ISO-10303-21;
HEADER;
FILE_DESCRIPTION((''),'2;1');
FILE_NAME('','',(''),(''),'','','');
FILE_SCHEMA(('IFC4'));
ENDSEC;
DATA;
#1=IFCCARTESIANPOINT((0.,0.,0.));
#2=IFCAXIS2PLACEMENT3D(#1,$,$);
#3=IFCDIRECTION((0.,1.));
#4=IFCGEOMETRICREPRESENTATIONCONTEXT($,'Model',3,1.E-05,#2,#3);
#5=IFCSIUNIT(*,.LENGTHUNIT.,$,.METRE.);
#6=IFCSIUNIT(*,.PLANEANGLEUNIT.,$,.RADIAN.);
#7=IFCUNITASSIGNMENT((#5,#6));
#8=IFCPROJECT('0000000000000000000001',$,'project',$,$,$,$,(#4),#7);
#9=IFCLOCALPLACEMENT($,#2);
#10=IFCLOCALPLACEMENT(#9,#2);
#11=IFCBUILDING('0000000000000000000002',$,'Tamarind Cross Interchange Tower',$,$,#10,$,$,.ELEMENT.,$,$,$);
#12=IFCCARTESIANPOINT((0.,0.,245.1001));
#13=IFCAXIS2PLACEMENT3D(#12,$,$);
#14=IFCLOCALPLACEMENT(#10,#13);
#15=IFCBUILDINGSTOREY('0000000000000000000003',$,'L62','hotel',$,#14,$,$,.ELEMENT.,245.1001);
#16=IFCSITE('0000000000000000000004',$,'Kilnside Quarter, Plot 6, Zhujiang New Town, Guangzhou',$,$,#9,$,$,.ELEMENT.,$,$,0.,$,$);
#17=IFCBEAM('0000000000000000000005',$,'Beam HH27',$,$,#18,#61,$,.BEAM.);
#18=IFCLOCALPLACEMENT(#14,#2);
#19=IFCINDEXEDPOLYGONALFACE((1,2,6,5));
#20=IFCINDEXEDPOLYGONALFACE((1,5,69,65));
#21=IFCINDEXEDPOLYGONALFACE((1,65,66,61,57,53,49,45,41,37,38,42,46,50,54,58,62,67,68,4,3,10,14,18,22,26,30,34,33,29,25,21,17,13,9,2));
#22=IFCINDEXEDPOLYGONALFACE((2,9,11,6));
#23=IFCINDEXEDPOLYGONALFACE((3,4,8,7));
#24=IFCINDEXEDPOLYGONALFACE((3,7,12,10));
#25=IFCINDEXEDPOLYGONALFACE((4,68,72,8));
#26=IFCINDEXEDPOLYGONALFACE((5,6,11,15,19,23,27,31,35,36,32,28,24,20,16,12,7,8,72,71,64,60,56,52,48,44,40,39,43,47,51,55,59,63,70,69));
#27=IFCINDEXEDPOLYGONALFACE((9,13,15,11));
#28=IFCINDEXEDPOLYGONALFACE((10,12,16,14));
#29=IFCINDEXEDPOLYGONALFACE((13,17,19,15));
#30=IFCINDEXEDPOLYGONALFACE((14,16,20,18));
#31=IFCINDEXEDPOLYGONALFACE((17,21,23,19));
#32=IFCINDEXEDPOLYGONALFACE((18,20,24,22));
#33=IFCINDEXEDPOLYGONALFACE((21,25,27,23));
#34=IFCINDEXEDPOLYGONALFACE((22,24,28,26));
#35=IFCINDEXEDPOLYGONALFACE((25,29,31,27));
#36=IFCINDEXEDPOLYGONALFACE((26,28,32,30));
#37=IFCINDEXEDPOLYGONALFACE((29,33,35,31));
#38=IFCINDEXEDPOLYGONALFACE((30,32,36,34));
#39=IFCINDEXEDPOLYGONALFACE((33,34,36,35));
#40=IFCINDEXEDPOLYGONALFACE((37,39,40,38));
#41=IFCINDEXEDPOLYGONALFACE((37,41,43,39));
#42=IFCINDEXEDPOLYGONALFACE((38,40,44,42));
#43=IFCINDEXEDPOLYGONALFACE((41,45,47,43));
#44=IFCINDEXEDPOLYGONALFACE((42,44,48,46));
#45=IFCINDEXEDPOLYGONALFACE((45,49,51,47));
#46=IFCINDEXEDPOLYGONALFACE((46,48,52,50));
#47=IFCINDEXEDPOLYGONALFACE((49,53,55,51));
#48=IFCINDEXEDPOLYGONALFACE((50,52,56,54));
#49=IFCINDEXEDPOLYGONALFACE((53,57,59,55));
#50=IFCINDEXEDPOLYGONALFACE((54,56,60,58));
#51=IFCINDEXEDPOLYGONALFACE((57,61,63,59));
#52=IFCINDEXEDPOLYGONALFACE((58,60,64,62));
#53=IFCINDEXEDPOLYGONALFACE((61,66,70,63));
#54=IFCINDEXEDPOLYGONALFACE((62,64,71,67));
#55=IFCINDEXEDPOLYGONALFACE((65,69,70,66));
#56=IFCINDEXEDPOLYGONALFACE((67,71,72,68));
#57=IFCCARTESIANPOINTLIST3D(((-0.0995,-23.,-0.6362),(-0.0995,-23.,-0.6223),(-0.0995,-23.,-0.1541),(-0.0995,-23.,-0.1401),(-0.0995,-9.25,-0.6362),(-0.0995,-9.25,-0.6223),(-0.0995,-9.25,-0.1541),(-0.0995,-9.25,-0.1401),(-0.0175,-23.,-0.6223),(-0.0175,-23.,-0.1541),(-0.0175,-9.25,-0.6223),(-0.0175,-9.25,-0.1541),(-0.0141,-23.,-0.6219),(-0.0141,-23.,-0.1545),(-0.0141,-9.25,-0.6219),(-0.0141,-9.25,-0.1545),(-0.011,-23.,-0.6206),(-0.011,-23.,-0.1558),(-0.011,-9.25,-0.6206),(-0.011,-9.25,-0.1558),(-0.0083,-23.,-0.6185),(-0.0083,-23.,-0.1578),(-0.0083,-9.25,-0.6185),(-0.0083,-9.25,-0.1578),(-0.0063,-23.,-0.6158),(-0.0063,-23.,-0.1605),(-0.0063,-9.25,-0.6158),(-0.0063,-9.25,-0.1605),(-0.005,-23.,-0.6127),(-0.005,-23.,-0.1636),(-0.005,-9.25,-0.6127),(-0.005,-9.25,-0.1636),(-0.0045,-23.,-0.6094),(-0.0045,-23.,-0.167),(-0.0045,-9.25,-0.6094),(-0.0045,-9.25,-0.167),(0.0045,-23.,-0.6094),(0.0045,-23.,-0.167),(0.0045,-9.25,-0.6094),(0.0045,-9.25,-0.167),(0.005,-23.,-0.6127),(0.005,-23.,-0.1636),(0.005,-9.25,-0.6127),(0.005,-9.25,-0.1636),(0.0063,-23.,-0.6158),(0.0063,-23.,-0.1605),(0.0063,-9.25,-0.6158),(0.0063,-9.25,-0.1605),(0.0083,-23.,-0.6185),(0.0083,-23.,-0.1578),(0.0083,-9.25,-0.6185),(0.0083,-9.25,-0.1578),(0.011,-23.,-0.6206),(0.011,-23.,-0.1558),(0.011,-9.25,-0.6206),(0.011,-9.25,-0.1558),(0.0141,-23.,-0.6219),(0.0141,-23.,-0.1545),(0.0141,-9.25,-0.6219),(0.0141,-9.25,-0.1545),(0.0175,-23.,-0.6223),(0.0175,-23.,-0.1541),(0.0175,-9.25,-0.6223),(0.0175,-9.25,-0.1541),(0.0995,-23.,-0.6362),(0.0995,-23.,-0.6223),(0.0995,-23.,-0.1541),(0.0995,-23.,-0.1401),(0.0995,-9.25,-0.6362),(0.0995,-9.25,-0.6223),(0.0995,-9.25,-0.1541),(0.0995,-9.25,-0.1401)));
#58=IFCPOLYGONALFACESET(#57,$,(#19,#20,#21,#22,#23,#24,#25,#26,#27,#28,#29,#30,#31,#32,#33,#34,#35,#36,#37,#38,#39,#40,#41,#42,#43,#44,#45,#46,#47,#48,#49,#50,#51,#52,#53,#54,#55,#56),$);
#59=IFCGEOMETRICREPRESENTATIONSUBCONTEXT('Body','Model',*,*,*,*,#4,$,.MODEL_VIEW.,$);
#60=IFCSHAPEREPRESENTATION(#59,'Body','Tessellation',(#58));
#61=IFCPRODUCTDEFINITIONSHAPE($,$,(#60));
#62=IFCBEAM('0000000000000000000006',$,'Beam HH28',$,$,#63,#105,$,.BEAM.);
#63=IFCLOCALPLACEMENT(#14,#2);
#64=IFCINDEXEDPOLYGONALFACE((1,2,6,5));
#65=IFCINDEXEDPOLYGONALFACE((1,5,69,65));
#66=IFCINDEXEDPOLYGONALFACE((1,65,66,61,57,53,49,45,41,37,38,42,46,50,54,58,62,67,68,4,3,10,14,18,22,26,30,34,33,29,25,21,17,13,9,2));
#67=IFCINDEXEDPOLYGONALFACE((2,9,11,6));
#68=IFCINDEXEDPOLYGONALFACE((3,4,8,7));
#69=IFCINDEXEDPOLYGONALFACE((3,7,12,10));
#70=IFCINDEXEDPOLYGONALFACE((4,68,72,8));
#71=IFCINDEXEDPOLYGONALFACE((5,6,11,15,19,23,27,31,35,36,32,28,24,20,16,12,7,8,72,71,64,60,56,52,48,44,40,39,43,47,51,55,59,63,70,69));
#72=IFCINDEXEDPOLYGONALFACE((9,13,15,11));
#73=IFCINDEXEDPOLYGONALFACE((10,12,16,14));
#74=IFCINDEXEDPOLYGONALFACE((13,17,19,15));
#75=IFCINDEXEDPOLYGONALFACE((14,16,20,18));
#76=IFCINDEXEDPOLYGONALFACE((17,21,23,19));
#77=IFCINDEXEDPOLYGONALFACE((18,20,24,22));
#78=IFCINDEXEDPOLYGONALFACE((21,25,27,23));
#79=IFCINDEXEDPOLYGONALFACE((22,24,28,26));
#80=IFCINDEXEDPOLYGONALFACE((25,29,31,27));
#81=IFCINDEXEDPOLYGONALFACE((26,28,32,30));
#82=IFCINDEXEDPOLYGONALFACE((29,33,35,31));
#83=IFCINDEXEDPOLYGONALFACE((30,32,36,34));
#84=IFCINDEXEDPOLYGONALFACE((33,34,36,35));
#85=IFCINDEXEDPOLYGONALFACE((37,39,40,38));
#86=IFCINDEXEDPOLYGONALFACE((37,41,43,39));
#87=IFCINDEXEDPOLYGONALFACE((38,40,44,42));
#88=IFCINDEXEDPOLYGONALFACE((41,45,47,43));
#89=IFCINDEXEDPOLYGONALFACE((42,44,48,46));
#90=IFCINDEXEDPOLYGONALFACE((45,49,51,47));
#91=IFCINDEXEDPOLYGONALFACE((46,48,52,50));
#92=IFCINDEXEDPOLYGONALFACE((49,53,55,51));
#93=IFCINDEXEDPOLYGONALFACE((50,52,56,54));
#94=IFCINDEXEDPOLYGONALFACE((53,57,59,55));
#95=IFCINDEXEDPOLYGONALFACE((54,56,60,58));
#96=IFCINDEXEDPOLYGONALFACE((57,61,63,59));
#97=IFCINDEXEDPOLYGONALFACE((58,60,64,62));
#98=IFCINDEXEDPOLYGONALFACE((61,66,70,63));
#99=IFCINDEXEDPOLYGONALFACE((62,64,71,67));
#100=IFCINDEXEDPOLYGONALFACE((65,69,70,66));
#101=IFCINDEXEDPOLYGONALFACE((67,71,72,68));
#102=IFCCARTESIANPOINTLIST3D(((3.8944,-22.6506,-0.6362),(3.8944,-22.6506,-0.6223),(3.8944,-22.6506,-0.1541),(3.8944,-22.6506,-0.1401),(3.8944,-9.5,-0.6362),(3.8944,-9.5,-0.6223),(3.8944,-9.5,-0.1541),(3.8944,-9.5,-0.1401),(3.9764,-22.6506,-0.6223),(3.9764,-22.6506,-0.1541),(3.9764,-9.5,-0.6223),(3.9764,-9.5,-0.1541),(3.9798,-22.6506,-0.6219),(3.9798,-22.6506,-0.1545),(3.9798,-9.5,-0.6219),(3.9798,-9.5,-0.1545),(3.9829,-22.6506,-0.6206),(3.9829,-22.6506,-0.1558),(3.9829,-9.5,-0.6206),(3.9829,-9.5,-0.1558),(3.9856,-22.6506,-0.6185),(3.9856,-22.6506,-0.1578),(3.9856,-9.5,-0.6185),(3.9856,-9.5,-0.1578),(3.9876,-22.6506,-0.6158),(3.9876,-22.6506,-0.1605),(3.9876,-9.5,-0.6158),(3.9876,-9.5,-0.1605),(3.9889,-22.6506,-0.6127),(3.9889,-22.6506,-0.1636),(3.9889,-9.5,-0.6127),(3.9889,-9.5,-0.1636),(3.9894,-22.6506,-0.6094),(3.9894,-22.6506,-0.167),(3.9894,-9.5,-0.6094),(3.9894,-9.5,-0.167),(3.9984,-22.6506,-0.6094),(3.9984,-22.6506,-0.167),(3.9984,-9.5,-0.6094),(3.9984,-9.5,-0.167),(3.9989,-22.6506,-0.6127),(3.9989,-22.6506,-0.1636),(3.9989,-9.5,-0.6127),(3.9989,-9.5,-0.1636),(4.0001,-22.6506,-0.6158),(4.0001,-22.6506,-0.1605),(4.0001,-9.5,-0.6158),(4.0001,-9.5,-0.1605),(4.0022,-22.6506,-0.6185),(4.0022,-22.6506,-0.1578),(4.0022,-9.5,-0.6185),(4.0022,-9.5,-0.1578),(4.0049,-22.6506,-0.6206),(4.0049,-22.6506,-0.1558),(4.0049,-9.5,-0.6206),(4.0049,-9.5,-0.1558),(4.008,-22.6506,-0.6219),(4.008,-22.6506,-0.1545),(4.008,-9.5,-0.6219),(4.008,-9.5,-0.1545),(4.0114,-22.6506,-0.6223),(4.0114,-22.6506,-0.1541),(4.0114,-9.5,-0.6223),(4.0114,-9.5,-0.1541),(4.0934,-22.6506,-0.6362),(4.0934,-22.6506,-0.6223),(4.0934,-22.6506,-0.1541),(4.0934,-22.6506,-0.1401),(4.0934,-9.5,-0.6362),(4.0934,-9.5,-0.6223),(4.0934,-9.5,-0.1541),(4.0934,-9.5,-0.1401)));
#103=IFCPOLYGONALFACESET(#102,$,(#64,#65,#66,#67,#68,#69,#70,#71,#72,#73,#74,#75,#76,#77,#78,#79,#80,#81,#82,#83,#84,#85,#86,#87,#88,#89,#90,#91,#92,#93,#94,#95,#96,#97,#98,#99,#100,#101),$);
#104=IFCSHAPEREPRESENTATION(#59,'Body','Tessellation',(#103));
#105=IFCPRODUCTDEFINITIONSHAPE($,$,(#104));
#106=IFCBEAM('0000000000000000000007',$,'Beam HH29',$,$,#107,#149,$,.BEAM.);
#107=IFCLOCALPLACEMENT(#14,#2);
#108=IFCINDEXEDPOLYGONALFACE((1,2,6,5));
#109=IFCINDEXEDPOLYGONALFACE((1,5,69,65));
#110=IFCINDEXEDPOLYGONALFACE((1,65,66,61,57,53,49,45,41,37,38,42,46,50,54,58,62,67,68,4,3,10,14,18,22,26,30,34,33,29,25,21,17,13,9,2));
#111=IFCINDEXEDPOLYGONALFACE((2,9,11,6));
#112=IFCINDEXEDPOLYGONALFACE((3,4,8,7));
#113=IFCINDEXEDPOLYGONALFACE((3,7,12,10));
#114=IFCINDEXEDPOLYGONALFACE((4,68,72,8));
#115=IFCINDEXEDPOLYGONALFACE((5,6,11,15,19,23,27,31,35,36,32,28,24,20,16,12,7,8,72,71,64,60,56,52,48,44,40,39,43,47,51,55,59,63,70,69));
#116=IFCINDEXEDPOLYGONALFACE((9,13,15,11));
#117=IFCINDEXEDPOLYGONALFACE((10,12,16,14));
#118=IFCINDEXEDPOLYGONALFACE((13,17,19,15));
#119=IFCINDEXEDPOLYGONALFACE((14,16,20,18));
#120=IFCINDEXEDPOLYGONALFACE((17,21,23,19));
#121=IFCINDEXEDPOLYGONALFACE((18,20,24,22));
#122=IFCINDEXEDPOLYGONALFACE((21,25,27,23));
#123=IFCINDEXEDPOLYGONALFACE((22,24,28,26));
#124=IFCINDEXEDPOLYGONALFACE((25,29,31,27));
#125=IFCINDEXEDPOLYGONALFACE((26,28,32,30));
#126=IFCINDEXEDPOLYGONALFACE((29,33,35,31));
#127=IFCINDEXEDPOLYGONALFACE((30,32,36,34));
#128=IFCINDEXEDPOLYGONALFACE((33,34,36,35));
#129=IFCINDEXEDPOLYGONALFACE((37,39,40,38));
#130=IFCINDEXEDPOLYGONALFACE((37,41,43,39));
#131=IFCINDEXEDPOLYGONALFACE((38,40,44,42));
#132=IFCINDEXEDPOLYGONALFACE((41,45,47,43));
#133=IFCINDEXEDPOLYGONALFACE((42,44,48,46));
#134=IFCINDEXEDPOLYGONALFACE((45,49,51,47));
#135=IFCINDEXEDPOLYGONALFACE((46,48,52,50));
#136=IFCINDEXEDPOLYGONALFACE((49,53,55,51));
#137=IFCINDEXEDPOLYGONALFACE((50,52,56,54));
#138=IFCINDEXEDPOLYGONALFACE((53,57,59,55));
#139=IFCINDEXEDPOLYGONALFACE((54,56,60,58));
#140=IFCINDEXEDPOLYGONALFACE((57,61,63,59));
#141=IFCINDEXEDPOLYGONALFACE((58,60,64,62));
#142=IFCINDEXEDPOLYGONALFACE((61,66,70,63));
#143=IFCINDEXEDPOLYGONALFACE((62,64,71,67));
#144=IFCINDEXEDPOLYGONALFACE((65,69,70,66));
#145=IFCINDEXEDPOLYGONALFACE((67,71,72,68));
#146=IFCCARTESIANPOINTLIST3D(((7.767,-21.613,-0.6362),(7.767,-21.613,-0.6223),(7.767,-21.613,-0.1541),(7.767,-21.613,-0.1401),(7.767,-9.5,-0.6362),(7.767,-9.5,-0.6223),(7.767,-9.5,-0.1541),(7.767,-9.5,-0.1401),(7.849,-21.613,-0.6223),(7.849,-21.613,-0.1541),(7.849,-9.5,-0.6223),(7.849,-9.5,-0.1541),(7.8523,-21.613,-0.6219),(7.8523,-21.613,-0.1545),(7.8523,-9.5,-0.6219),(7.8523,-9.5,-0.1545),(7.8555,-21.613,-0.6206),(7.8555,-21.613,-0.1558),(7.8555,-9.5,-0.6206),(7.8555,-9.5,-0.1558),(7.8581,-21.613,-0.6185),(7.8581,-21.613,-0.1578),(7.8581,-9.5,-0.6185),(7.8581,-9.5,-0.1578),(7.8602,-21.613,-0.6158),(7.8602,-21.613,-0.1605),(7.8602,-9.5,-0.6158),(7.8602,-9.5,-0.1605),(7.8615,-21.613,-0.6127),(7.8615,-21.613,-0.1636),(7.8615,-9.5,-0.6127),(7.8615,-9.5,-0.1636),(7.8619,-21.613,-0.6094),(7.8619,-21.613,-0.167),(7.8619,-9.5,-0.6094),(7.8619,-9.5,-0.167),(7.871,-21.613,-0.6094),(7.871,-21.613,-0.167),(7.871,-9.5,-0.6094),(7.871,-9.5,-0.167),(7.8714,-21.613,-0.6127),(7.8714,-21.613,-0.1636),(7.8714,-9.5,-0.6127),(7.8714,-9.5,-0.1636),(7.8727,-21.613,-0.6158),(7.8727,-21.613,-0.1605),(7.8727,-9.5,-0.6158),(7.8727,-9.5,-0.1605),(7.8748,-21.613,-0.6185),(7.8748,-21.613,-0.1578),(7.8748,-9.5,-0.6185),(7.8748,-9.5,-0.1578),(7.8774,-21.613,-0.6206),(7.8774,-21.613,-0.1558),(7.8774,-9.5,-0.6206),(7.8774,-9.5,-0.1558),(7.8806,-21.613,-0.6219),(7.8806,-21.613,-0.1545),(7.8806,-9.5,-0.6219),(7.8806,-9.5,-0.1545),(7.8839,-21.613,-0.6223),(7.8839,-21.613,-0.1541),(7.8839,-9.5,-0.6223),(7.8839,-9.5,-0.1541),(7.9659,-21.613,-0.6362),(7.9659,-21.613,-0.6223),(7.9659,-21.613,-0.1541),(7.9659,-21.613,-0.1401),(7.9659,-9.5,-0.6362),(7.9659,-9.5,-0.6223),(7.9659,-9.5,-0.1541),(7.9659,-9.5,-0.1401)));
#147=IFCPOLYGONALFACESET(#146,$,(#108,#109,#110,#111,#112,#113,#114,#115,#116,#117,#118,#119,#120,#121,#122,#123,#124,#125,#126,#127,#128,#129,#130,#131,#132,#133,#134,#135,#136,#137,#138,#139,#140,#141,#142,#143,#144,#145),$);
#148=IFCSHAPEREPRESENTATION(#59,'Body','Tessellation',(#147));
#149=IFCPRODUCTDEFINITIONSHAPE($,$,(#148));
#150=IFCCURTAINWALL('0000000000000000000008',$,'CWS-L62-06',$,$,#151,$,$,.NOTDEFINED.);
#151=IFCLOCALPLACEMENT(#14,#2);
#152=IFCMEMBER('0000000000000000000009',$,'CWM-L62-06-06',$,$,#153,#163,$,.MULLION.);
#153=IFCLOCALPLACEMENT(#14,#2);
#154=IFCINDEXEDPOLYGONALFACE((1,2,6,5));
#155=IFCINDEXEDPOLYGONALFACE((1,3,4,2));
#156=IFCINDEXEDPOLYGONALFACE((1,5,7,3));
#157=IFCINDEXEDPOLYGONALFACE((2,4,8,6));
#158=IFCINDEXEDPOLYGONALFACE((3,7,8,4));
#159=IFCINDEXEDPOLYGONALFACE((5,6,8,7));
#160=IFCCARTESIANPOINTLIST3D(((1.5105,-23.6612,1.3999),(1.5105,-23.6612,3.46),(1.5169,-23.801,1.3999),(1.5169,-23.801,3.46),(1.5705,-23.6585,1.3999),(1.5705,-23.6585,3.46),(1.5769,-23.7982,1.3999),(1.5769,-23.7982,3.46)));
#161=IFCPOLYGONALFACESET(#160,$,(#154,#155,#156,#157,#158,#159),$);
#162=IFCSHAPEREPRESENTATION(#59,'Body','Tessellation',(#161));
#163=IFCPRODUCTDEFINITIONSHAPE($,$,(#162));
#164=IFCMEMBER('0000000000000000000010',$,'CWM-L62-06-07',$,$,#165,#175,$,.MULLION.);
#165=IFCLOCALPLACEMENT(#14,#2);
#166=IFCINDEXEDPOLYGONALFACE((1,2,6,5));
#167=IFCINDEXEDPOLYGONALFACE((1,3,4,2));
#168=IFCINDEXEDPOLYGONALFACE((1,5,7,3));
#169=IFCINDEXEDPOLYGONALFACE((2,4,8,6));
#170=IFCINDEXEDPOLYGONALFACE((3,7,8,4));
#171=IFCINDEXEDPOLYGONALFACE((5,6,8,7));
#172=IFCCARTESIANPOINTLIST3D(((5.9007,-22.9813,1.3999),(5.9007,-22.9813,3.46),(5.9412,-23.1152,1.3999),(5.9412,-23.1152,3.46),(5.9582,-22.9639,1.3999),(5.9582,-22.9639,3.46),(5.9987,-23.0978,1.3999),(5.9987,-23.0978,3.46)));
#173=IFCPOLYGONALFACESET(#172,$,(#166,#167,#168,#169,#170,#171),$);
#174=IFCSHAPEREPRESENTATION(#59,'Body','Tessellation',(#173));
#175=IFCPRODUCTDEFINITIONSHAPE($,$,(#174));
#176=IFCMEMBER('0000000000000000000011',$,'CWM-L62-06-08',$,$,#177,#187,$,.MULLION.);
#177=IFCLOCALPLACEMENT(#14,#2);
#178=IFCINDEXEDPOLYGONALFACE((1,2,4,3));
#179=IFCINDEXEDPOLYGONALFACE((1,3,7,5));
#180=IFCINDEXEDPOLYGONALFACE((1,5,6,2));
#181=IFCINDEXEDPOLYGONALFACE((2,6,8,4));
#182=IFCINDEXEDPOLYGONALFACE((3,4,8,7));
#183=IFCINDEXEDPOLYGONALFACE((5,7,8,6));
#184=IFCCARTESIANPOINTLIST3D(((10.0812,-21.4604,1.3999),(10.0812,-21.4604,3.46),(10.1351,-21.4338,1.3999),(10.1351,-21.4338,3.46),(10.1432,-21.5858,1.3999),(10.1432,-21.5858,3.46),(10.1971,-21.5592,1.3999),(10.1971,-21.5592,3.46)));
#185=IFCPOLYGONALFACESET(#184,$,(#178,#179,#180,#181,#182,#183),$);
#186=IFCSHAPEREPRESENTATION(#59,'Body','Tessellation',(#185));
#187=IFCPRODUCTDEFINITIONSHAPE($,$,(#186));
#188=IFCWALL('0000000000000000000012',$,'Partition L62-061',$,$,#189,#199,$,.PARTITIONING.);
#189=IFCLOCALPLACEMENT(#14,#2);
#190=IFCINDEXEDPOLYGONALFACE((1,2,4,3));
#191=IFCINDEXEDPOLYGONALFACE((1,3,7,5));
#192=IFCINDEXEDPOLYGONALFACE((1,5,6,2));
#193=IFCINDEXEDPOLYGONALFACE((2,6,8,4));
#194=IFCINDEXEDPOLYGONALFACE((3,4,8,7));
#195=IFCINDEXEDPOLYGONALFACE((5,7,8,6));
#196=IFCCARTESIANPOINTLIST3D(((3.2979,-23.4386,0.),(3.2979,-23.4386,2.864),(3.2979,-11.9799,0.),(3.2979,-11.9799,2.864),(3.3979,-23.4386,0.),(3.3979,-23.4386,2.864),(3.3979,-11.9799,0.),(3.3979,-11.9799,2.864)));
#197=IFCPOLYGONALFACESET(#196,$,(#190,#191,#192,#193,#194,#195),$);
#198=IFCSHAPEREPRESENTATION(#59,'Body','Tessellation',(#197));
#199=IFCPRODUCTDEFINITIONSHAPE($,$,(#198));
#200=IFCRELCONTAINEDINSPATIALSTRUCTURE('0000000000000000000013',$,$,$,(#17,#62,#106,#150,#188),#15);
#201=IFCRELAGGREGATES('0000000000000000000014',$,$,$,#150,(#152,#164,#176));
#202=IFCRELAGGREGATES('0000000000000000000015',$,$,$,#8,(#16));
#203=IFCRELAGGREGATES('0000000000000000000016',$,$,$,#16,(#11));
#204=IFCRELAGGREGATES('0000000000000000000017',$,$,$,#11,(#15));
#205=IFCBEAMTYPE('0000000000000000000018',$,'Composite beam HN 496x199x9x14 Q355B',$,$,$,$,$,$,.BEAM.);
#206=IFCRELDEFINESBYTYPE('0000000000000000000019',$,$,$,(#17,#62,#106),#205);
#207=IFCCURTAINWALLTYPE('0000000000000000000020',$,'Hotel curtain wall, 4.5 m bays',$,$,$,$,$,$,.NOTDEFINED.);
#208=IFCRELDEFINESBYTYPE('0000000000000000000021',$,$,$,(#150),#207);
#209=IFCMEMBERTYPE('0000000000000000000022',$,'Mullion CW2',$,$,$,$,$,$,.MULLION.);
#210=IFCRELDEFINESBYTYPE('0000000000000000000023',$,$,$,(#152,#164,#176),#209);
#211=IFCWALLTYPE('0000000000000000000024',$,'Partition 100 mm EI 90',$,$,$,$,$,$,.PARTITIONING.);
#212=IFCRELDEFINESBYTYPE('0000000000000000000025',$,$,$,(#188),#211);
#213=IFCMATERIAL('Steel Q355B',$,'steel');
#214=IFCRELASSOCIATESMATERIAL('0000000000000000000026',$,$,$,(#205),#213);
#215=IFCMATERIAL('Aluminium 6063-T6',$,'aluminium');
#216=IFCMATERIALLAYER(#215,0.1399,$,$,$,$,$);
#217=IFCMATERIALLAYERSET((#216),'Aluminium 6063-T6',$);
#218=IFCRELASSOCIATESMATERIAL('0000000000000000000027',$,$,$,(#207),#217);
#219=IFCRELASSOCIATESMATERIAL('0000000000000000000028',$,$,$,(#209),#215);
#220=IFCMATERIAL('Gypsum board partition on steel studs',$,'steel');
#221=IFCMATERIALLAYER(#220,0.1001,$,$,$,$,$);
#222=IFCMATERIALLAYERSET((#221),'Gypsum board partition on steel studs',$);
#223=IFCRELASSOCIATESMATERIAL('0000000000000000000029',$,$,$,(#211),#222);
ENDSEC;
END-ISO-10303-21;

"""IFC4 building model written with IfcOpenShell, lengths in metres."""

from ifc_helpers import new_model, si_unit, direction, frame, frame_2d, origin, origin_2d, place, context, subcontext, project, spatial, rectangle, i_section, extrude, material, layer, layer_set, material_profile, profile_set, type_object, element, aggregate, save


model = new_model("IFC4")

# Units and contexts
model_context = context("Model", 3, precision=1e-05, world=origin(), true_north=direction((0.0, 1.0)))
body_context = subcontext(model_context, "Body", "Model", "MODEL_VIEW")
ifc_project = project(units=[si_unit("LENGTHUNIT", "METRE"), si_unit("PLANEANGLEUNIT", "RADIAN")], contexts=[model_context])

# Site, building, storey
site_placement = place(None, origin())
site = spatial("IfcSite", under=ifc_project, at=site_placement, Name="Kilnside Quarter, Plot 6, Zhujiang New Town, Guangzhou", CompositionType="ELEMENT", RefElevation=0.0)
building_placement = place(site_placement, origin())
building = spatial("IfcBuilding", under=site, at=building_placement, Name="Tamarind Cross Interchange Tower", CompositionType="ELEMENT")
storey_placement = place(building_placement, frame((0.0, 0.0, 245.1001)))
storey = spatial("IfcBuildingStorey", under=building, at=storey_placement, Name="L62", Description="hotel", CompositionType="ELEMENT", Elevation=245.1001)

# Beams
ifc_material_1 = material(Name="Steel Q355B", Category="steel")
ifc_material_profile_1 = material_profile(ifc_material_1, i_section(OverallWidth=0.199, OverallDepth=0.4961, WebThickness=0.009, FlangeThickness=0.0139, FilletRadius=0.0129, at=origin_2d()), Name="HN 496x199x9x14")
ifc_profile_set_1 = profile_set([ifc_material_profile_1], Name="Steel Q355B")
beam_type = type_object("IfcBeamType", Name="Composite beam HN 496x199x9x14 Q355B", PredefinedType="BEAM", material=ifc_profile_set_1)
beam_1_placement = place(storey_placement, frame((0.0, -23.0, -0.3882), z_axis=(0.0, 1.0, 0.0), x_axis=(-1.0, 0.0, 0.0)))
element("IfcBeam", 1, at=beam_1_placement, inside=storey, type_object=beam_type, Name="Beam HH27", PredefinedType="BEAM", context=body_context, shape_type="SweptSolid", body=[
    extrude(i_section(OverallWidth=0.199, OverallDepth=0.4961, WebThickness=0.009, FlangeThickness=0.0139, FilletRadius=0.0129, at=origin_2d()), origin(), (0.0, 0.0, 1.0), 13.75),
])
beam_2_placement = place(storey_placement, frame((3.9939, -22.6506, -0.3882), z_axis=(0.0, 1.0, 0.0), x_axis=(-1.0, 0.0, 0.0)))
element("IfcBeam", 2, at=beam_2_placement, inside=storey, type_object=beam_type, Name="Beam HH28", PredefinedType="BEAM", context=body_context, shape_type="SweptSolid", body=[
    extrude(i_section(OverallWidth=0.199, OverallDepth=0.4961, WebThickness=0.009, FlangeThickness=0.0139, FilletRadius=0.0129, at=origin_2d()), origin(), (0.0, 0.0, 1.0), 13.1506),
])
beam_3_placement = place(storey_placement, frame((7.8665, -21.613, -0.3882), z_axis=(0.0, 1.0, 0.0), x_axis=(-1.0, 0.0, 0.0)))
element("IfcBeam", 3, at=beam_3_placement, inside=storey, type_object=beam_type, Name="Beam HH29", PredefinedType="BEAM", context=body_context, shape_type="SweptSolid", body=[
    extrude(i_section(OverallWidth=0.199, OverallDepth=0.4961, WebThickness=0.009, FlangeThickness=0.0139, FilletRadius=0.0129, at=origin_2d()), origin(), (0.0, 0.0, 1.0), 12.113),
])

# Curtain wall, members
ifc_material_2 = material(Name="Aluminium 6063-T6", Category="aluminium")
ifc_layer_1 = layer(ifc_material_2, 0.1399)
ifc_layer_set_1 = layer_set([ifc_layer_1], Name="Aluminium 6063-T6")
curtain_wall_type = type_object("IfcCurtainWallType", Name="Hotel curtain wall, 4.5 m bays", PredefinedType="NOTDEFINED", material=ifc_layer_set_1)
curtain_wall_placement = place(storey_placement, origin())
curtain_wall = element("IfcCurtainWall", 4, at=curtain_wall_placement, inside=storey, type_object=curtain_wall_type, Name="CWS-L62-06", PredefinedType="NOTDEFINED")
ifc_material_profile_2 = material_profile(ifc_material_2, rectangle(XDim=0.0601, YDim=0.1399, at=origin_2d()), Name="Mullion CW2")
ifc_profile_set_2 = profile_set([ifc_material_profile_2], Name="Aluminium 6063-T6")
member_type = type_object("IfcMemberType", Name="Mullion CW2", PredefinedType="MULLION", material=ifc_profile_set_2)
member_1_placement = place(storey_placement, frame((1.5437, -23.7297, 1.3999), z_axis=(0.0, 0.0, 1.0), x_axis=(0.998959, 0.045624, 0.0)))
member_1 = element("IfcMember", 5, at=member_1_placement, type_object=member_type, Name="CWM-L62-06-06", PredefinedType="MULLION", context=body_context, shape_type="SweptSolid", body=[
    extrude(rectangle(XDim=0.0601, YDim=0.1399, at=origin_2d()), origin(), (0.0, 0.0, 1.0), 2.0601),
])
member_2_placement = place(storey_placement, frame((5.9497, -23.0396, 1.3999), z_axis=(0.0, 0.0, 1.0), x_axis=(0.957191, 0.289458, 0.0)))
member_2 = element("IfcMember", 6, at=member_2_placement, type_object=member_type, Name="CWM-L62-06-07", PredefinedType="MULLION", context=body_context, shape_type="SweptSolid", body=[
    extrude(rectangle(XDim=0.0601, YDim=0.1399, at=origin_2d()), origin(), (0.0, 0.0, 1.0), 2.0601),
])
member_3_placement = place(storey_placement, frame((10.1392, -21.5098, 1.3999), z_axis=(0.0, 0.0, 1.0), x_axis=(0.896493, 0.443059, 0.0)))
member_3 = element("IfcMember", 7, at=member_3_placement, type_object=member_type, Name="CWM-L62-06-08", PredefinedType="MULLION", context=body_context, shape_type="SweptSolid", body=[
    extrude(rectangle(XDim=0.0601, YDim=0.1399, at=origin_2d()), origin(), (0.0, 0.0, 1.0), 2.0601),
])
aggregate(curtain_wall, [member_1, member_2, member_3])

# Wall
ifc_material_3 = material(Name="Gypsum board partition on steel studs", Category="steel")
ifc_layer_2 = layer(ifc_material_3, 0.1001)
ifc_layer_set_2 = layer_set([ifc_layer_2], Name="Gypsum board partition on steel studs")
wall_type = type_object("IfcWallType", Name="Partition 100 mm EI 90", PredefinedType="PARTITIONING", material=ifc_layer_set_2)
wall_placement = place(storey_placement, frame((3.3479, -23.4387, 0.0), z_axis=(0.0, 0.0, 1.0), x_axis=(0.0, 1.0, 0.0)))
element("IfcWall", 8, at=wall_placement, inside=storey, type_object=wall_type, Name="Partition L62-061", PredefinedType="PARTITIONING", context=body_context, shape_type="SweptSolid", body=[
    extrude(rectangle(XDim=11.4587, YDim=0.1001, at=frame_2d((5.7295, 0.0))), origin(), (0.0, 0.0, 1.0), 2.864),
])

save(model, "model.ifc")
